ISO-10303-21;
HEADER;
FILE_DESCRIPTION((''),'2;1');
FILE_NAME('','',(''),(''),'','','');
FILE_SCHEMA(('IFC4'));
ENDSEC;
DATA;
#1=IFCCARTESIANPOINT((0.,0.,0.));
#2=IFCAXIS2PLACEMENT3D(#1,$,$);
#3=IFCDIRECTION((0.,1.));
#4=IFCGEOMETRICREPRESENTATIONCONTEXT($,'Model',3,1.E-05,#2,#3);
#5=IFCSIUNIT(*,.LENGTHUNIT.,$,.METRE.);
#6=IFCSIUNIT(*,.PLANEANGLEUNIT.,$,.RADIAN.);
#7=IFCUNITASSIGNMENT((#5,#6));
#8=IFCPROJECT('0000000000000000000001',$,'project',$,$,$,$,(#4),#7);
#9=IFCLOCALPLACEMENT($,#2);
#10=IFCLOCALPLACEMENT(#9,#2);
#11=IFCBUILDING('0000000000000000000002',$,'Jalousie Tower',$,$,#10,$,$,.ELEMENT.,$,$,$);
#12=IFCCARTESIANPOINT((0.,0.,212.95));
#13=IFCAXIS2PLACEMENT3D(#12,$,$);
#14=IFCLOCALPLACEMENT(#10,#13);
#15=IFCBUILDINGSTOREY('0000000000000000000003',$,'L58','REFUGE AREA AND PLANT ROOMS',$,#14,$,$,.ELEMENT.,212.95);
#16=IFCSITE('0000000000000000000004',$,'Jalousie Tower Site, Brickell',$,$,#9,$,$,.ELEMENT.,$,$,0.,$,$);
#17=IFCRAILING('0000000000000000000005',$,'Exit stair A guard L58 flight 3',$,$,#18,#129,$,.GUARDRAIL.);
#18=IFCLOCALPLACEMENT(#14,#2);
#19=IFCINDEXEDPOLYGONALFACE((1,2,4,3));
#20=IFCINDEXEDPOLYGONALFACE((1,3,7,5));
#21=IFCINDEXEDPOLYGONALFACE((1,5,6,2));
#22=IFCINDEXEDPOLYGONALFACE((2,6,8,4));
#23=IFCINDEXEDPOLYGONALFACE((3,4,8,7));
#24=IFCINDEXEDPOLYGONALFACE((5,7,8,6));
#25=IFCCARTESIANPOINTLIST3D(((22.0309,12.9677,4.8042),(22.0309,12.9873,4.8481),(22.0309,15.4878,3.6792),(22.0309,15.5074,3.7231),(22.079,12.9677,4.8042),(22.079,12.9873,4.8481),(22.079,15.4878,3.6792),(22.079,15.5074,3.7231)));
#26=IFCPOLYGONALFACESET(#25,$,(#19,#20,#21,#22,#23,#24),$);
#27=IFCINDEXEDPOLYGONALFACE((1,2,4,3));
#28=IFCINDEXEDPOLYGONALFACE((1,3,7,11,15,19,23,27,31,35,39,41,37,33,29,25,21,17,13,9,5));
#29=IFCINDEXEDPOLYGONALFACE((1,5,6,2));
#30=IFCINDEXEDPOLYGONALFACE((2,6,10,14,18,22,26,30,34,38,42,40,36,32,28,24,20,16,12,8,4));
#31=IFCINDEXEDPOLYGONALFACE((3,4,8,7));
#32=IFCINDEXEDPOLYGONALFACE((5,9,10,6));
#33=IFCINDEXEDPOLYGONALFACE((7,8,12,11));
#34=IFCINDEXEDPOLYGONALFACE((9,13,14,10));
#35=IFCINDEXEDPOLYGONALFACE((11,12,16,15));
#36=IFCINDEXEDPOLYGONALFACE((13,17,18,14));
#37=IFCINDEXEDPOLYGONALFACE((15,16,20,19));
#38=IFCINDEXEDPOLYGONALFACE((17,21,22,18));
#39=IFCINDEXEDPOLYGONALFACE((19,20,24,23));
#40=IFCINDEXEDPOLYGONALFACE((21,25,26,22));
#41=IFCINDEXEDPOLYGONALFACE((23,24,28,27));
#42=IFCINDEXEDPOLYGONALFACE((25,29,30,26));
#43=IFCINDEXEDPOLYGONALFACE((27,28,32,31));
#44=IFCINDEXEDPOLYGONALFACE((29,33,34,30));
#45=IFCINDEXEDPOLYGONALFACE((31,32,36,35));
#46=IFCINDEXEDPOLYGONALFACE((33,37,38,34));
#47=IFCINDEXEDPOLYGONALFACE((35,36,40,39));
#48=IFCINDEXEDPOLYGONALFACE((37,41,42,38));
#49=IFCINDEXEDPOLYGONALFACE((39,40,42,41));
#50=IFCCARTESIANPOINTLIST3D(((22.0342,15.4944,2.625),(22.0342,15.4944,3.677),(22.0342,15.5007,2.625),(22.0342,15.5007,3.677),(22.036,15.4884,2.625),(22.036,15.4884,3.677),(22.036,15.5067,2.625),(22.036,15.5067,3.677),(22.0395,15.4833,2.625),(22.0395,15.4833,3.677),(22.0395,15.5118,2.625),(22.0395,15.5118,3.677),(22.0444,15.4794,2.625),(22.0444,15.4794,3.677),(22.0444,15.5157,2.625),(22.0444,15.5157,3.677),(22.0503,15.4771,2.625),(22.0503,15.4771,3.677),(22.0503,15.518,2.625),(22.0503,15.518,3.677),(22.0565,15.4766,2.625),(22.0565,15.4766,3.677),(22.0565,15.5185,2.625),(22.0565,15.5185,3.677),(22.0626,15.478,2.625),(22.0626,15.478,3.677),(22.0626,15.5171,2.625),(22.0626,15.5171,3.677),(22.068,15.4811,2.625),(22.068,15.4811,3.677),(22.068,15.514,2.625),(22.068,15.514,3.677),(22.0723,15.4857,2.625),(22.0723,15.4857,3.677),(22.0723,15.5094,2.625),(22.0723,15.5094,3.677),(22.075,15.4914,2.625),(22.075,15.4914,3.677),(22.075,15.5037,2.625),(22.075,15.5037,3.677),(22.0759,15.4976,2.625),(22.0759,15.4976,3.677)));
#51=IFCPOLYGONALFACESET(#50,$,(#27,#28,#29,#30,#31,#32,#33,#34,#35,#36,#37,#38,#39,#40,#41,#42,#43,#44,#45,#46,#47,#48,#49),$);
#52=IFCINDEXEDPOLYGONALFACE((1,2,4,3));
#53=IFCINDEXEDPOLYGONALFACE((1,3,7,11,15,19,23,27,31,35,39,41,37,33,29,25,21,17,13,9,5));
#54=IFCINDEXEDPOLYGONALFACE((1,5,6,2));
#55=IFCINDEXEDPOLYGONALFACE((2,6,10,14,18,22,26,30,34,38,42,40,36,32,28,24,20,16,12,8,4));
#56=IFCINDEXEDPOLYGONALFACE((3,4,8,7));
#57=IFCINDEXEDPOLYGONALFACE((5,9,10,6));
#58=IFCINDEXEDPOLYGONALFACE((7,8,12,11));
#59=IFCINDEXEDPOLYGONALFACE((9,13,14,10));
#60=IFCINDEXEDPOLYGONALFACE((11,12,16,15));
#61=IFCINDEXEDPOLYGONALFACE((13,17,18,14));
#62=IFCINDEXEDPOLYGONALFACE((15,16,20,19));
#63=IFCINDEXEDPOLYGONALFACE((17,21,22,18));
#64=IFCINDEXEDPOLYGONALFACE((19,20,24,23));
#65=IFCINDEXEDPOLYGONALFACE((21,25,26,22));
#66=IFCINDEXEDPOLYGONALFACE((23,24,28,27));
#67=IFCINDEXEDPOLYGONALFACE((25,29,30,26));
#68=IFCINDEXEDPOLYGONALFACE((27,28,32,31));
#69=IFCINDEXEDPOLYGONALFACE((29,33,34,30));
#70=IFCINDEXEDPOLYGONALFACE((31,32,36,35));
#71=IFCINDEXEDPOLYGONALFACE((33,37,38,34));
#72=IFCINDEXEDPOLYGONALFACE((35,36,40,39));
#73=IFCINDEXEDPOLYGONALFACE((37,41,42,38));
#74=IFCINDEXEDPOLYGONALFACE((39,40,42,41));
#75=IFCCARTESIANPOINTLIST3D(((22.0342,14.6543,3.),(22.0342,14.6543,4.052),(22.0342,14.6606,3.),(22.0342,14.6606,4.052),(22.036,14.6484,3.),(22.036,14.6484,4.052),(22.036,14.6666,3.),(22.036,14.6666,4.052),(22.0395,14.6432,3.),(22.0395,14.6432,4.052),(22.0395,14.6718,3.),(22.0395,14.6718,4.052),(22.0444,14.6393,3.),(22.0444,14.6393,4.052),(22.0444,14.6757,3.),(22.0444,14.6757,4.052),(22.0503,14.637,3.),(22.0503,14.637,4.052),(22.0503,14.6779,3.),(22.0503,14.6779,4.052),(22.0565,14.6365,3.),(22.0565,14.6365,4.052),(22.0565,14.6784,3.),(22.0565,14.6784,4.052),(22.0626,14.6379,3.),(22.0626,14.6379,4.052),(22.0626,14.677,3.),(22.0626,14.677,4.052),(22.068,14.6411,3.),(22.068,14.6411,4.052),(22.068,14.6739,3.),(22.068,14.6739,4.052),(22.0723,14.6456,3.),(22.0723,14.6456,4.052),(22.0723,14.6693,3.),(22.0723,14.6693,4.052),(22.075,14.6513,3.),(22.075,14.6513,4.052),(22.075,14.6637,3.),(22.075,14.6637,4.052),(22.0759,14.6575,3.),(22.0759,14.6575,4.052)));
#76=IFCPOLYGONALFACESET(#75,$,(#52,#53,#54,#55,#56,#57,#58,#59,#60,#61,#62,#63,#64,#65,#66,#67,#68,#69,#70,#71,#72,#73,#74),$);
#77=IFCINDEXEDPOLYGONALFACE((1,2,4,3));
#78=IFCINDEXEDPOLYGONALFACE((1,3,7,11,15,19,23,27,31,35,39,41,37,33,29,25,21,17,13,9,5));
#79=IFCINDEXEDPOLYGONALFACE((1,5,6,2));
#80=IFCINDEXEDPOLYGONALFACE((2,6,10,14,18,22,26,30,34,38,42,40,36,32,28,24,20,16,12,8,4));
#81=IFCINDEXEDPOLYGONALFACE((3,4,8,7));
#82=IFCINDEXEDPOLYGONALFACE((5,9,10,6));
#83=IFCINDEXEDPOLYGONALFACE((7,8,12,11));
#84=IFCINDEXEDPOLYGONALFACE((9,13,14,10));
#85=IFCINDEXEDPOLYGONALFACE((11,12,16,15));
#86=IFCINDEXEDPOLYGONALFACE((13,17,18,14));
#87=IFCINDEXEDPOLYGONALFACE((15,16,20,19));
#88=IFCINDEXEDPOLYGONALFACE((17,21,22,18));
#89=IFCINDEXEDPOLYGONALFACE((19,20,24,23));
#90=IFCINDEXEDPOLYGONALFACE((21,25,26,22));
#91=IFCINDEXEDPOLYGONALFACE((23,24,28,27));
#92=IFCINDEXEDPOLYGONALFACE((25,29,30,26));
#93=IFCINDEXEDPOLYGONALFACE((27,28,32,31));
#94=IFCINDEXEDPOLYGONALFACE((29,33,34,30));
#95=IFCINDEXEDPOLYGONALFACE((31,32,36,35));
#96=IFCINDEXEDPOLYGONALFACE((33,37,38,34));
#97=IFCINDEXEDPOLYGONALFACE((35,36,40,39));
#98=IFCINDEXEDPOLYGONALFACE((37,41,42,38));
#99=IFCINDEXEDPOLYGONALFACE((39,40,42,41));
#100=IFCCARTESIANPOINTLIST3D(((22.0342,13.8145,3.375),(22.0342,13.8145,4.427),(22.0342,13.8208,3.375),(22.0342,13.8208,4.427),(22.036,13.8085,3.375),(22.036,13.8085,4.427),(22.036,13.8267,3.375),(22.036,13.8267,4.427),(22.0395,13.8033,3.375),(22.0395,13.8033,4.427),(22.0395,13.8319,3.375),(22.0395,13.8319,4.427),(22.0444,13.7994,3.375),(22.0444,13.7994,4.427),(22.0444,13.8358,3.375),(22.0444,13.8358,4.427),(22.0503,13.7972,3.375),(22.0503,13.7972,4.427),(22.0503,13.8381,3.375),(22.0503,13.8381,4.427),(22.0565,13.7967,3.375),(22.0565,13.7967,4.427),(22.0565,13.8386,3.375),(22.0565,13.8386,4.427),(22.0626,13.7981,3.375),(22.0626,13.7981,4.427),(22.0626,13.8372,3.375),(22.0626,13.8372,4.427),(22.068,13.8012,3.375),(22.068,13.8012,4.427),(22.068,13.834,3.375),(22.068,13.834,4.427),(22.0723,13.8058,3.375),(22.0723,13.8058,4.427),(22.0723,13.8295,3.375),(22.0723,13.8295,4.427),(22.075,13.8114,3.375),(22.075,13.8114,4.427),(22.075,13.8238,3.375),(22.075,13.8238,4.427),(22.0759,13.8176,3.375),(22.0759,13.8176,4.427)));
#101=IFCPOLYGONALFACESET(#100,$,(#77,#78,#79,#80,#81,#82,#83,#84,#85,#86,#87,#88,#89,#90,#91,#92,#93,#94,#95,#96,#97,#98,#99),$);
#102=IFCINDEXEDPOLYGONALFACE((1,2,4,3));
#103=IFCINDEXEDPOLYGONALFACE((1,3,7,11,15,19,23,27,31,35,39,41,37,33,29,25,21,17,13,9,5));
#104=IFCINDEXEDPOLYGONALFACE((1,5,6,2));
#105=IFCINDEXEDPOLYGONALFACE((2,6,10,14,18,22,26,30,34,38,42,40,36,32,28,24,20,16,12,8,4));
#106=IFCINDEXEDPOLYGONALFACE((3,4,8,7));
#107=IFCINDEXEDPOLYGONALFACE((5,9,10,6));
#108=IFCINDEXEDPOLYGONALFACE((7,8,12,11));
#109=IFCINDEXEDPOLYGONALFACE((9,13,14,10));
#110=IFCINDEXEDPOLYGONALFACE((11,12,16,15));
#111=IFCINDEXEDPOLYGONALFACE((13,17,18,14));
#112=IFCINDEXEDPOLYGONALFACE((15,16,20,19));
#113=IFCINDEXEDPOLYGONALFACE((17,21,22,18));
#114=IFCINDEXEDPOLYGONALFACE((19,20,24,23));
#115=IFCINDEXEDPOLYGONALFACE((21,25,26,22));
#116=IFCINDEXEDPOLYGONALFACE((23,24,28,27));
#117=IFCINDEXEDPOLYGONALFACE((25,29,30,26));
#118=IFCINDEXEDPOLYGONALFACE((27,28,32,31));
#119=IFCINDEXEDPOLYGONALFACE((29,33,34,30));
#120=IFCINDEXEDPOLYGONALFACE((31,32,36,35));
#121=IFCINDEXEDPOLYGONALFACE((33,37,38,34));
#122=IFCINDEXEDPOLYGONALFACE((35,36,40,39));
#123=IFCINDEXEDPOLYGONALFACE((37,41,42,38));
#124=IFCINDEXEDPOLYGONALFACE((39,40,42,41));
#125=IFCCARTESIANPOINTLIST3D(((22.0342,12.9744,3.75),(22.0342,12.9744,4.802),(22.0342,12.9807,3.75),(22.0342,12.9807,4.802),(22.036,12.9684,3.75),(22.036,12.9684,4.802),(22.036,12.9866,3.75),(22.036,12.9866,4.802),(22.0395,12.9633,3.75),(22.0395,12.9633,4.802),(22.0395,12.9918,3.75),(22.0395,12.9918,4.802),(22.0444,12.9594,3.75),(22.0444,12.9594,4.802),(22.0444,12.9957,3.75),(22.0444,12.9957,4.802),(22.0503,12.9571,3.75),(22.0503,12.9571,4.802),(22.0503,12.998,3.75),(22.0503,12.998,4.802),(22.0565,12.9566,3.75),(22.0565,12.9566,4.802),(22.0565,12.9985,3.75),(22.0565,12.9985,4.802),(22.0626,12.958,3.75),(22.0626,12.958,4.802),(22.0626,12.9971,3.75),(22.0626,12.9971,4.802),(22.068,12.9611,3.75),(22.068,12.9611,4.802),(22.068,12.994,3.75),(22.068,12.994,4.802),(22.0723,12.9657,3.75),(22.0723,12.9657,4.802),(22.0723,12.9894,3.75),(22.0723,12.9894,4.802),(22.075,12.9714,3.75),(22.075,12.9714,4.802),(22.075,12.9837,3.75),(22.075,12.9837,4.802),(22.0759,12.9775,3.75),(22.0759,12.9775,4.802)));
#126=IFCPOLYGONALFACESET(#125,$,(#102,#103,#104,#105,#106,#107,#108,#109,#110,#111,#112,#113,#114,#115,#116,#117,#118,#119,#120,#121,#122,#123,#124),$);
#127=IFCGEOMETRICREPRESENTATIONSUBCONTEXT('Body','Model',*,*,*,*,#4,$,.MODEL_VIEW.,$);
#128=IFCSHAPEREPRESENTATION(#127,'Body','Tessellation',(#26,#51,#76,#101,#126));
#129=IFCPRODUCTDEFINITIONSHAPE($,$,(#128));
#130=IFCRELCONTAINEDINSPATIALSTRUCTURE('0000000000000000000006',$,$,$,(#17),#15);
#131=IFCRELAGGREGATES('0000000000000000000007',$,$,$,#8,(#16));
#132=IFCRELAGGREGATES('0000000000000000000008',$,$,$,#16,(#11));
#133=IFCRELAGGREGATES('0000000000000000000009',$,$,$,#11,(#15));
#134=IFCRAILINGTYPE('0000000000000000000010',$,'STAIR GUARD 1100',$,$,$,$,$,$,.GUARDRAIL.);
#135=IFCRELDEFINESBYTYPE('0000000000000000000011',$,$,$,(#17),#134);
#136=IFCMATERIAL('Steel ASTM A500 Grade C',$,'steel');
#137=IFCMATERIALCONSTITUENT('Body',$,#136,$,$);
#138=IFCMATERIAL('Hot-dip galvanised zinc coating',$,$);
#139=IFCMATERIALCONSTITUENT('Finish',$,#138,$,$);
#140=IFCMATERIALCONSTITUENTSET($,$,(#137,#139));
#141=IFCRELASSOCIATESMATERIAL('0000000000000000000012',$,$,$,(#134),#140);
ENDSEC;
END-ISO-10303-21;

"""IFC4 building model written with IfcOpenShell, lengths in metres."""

from ifc_helpers import new_model, si_unit, direction, frame, origin, origin_2d, place, context, subcontext, project, spatial, rectangle, circle, extrude, material, constituent, constituent_set, type_object, element, save


model = new_model("IFC4")

# Units and contexts
model_context = context("Model", 3, precision=1e-05, world=origin(), true_north=direction((0.0, 1.0)))
body_context = subcontext(model_context, "Body", "Model", "MODEL_VIEW")
ifc_project = project(units=[si_unit("LENGTHUNIT", "METRE"), si_unit("PLANEANGLEUNIT", "RADIAN")], contexts=[model_context])

# Site, building, storey
site_placement = place(None, origin())
site = spatial("IfcSite", under=ifc_project, at=site_placement, Name="Jalousie Tower Site, Brickell", CompositionType="ELEMENT", RefElevation=0.0)
building_placement = place(site_placement, origin())
building = spatial("IfcBuilding", under=site, at=building_placement, Name="Jalousie Tower", CompositionType="ELEMENT")
storey_placement = place(building_placement, frame((0.0, 0.0, 212.95)))
storey = spatial("IfcBuildingStorey", under=building, at=storey_placement, Name="L58", Description="REFUGE AREA AND PLANT ROOMS", CompositionType="ELEMENT", Elevation=212.95)

# Railing
ifc_material_1 = material(Name="Steel ASTM A500 Grade C", Category="steel")
ifc_constituent_1 = constituent(ifc_material_1, Name="Body")
ifc_material_2 = material(Name="Hot-dip galvanised zinc coating")
ifc_constituent_2 = constituent(ifc_material_2, Name="Finish")
ifc_constituent_set_1 = constituent_set(constituents=[ifc_constituent_1, ifc_constituent_2])
railing_type_1 = type_object("IfcRailingType", Name="STAIR GUARD 1100", PredefinedType="GUARDRAIL", material=ifc_constituent_set_1)
for number, where, name in (
    (1, (22.0549, 15.4976, 2.625), "Exit stair A guard L58 flight 3"),
):
    element("IfcRailing", number, at=place(storey_placement, frame(where)), inside=storey, type_object=railing_type_1, Name=name, PredefinedType="GUARDRAIL", context=body_context, shape_type="SweptSolid", body=[
        extrude(rectangle(XDim=0.0481, YDim=0.0481, at=origin_2d()), frame((0.0, 0.0, 1.0762), z_axis=(0.0, -0.913139, 0.407648), x_axis=(1.0, 0.0, 0.0)), (0.0, 0.0, 1.0), 2.7598),
        extrude(circle(Radius=0.021, at=origin_2d()), origin(), (0.0, 0.0, 1.0), 1.052),
        extrude(circle(Radius=0.021, at=origin_2d()), frame((0.0, -0.8401, 0.375)), (0.0, 0.0, 1.0), 1.052),
        extrude(circle(Radius=0.021, at=origin_2d()), frame((0.0, -1.6799, 0.75)), (0.0, 0.0, 1.0), 1.052),
        extrude(circle(Radius=0.021, at=origin_2d()), frame((0.0, -2.52, 1.125)), (0.0, 0.0, 1.0), 1.052),
    ])

save(model, "model.ifc")
